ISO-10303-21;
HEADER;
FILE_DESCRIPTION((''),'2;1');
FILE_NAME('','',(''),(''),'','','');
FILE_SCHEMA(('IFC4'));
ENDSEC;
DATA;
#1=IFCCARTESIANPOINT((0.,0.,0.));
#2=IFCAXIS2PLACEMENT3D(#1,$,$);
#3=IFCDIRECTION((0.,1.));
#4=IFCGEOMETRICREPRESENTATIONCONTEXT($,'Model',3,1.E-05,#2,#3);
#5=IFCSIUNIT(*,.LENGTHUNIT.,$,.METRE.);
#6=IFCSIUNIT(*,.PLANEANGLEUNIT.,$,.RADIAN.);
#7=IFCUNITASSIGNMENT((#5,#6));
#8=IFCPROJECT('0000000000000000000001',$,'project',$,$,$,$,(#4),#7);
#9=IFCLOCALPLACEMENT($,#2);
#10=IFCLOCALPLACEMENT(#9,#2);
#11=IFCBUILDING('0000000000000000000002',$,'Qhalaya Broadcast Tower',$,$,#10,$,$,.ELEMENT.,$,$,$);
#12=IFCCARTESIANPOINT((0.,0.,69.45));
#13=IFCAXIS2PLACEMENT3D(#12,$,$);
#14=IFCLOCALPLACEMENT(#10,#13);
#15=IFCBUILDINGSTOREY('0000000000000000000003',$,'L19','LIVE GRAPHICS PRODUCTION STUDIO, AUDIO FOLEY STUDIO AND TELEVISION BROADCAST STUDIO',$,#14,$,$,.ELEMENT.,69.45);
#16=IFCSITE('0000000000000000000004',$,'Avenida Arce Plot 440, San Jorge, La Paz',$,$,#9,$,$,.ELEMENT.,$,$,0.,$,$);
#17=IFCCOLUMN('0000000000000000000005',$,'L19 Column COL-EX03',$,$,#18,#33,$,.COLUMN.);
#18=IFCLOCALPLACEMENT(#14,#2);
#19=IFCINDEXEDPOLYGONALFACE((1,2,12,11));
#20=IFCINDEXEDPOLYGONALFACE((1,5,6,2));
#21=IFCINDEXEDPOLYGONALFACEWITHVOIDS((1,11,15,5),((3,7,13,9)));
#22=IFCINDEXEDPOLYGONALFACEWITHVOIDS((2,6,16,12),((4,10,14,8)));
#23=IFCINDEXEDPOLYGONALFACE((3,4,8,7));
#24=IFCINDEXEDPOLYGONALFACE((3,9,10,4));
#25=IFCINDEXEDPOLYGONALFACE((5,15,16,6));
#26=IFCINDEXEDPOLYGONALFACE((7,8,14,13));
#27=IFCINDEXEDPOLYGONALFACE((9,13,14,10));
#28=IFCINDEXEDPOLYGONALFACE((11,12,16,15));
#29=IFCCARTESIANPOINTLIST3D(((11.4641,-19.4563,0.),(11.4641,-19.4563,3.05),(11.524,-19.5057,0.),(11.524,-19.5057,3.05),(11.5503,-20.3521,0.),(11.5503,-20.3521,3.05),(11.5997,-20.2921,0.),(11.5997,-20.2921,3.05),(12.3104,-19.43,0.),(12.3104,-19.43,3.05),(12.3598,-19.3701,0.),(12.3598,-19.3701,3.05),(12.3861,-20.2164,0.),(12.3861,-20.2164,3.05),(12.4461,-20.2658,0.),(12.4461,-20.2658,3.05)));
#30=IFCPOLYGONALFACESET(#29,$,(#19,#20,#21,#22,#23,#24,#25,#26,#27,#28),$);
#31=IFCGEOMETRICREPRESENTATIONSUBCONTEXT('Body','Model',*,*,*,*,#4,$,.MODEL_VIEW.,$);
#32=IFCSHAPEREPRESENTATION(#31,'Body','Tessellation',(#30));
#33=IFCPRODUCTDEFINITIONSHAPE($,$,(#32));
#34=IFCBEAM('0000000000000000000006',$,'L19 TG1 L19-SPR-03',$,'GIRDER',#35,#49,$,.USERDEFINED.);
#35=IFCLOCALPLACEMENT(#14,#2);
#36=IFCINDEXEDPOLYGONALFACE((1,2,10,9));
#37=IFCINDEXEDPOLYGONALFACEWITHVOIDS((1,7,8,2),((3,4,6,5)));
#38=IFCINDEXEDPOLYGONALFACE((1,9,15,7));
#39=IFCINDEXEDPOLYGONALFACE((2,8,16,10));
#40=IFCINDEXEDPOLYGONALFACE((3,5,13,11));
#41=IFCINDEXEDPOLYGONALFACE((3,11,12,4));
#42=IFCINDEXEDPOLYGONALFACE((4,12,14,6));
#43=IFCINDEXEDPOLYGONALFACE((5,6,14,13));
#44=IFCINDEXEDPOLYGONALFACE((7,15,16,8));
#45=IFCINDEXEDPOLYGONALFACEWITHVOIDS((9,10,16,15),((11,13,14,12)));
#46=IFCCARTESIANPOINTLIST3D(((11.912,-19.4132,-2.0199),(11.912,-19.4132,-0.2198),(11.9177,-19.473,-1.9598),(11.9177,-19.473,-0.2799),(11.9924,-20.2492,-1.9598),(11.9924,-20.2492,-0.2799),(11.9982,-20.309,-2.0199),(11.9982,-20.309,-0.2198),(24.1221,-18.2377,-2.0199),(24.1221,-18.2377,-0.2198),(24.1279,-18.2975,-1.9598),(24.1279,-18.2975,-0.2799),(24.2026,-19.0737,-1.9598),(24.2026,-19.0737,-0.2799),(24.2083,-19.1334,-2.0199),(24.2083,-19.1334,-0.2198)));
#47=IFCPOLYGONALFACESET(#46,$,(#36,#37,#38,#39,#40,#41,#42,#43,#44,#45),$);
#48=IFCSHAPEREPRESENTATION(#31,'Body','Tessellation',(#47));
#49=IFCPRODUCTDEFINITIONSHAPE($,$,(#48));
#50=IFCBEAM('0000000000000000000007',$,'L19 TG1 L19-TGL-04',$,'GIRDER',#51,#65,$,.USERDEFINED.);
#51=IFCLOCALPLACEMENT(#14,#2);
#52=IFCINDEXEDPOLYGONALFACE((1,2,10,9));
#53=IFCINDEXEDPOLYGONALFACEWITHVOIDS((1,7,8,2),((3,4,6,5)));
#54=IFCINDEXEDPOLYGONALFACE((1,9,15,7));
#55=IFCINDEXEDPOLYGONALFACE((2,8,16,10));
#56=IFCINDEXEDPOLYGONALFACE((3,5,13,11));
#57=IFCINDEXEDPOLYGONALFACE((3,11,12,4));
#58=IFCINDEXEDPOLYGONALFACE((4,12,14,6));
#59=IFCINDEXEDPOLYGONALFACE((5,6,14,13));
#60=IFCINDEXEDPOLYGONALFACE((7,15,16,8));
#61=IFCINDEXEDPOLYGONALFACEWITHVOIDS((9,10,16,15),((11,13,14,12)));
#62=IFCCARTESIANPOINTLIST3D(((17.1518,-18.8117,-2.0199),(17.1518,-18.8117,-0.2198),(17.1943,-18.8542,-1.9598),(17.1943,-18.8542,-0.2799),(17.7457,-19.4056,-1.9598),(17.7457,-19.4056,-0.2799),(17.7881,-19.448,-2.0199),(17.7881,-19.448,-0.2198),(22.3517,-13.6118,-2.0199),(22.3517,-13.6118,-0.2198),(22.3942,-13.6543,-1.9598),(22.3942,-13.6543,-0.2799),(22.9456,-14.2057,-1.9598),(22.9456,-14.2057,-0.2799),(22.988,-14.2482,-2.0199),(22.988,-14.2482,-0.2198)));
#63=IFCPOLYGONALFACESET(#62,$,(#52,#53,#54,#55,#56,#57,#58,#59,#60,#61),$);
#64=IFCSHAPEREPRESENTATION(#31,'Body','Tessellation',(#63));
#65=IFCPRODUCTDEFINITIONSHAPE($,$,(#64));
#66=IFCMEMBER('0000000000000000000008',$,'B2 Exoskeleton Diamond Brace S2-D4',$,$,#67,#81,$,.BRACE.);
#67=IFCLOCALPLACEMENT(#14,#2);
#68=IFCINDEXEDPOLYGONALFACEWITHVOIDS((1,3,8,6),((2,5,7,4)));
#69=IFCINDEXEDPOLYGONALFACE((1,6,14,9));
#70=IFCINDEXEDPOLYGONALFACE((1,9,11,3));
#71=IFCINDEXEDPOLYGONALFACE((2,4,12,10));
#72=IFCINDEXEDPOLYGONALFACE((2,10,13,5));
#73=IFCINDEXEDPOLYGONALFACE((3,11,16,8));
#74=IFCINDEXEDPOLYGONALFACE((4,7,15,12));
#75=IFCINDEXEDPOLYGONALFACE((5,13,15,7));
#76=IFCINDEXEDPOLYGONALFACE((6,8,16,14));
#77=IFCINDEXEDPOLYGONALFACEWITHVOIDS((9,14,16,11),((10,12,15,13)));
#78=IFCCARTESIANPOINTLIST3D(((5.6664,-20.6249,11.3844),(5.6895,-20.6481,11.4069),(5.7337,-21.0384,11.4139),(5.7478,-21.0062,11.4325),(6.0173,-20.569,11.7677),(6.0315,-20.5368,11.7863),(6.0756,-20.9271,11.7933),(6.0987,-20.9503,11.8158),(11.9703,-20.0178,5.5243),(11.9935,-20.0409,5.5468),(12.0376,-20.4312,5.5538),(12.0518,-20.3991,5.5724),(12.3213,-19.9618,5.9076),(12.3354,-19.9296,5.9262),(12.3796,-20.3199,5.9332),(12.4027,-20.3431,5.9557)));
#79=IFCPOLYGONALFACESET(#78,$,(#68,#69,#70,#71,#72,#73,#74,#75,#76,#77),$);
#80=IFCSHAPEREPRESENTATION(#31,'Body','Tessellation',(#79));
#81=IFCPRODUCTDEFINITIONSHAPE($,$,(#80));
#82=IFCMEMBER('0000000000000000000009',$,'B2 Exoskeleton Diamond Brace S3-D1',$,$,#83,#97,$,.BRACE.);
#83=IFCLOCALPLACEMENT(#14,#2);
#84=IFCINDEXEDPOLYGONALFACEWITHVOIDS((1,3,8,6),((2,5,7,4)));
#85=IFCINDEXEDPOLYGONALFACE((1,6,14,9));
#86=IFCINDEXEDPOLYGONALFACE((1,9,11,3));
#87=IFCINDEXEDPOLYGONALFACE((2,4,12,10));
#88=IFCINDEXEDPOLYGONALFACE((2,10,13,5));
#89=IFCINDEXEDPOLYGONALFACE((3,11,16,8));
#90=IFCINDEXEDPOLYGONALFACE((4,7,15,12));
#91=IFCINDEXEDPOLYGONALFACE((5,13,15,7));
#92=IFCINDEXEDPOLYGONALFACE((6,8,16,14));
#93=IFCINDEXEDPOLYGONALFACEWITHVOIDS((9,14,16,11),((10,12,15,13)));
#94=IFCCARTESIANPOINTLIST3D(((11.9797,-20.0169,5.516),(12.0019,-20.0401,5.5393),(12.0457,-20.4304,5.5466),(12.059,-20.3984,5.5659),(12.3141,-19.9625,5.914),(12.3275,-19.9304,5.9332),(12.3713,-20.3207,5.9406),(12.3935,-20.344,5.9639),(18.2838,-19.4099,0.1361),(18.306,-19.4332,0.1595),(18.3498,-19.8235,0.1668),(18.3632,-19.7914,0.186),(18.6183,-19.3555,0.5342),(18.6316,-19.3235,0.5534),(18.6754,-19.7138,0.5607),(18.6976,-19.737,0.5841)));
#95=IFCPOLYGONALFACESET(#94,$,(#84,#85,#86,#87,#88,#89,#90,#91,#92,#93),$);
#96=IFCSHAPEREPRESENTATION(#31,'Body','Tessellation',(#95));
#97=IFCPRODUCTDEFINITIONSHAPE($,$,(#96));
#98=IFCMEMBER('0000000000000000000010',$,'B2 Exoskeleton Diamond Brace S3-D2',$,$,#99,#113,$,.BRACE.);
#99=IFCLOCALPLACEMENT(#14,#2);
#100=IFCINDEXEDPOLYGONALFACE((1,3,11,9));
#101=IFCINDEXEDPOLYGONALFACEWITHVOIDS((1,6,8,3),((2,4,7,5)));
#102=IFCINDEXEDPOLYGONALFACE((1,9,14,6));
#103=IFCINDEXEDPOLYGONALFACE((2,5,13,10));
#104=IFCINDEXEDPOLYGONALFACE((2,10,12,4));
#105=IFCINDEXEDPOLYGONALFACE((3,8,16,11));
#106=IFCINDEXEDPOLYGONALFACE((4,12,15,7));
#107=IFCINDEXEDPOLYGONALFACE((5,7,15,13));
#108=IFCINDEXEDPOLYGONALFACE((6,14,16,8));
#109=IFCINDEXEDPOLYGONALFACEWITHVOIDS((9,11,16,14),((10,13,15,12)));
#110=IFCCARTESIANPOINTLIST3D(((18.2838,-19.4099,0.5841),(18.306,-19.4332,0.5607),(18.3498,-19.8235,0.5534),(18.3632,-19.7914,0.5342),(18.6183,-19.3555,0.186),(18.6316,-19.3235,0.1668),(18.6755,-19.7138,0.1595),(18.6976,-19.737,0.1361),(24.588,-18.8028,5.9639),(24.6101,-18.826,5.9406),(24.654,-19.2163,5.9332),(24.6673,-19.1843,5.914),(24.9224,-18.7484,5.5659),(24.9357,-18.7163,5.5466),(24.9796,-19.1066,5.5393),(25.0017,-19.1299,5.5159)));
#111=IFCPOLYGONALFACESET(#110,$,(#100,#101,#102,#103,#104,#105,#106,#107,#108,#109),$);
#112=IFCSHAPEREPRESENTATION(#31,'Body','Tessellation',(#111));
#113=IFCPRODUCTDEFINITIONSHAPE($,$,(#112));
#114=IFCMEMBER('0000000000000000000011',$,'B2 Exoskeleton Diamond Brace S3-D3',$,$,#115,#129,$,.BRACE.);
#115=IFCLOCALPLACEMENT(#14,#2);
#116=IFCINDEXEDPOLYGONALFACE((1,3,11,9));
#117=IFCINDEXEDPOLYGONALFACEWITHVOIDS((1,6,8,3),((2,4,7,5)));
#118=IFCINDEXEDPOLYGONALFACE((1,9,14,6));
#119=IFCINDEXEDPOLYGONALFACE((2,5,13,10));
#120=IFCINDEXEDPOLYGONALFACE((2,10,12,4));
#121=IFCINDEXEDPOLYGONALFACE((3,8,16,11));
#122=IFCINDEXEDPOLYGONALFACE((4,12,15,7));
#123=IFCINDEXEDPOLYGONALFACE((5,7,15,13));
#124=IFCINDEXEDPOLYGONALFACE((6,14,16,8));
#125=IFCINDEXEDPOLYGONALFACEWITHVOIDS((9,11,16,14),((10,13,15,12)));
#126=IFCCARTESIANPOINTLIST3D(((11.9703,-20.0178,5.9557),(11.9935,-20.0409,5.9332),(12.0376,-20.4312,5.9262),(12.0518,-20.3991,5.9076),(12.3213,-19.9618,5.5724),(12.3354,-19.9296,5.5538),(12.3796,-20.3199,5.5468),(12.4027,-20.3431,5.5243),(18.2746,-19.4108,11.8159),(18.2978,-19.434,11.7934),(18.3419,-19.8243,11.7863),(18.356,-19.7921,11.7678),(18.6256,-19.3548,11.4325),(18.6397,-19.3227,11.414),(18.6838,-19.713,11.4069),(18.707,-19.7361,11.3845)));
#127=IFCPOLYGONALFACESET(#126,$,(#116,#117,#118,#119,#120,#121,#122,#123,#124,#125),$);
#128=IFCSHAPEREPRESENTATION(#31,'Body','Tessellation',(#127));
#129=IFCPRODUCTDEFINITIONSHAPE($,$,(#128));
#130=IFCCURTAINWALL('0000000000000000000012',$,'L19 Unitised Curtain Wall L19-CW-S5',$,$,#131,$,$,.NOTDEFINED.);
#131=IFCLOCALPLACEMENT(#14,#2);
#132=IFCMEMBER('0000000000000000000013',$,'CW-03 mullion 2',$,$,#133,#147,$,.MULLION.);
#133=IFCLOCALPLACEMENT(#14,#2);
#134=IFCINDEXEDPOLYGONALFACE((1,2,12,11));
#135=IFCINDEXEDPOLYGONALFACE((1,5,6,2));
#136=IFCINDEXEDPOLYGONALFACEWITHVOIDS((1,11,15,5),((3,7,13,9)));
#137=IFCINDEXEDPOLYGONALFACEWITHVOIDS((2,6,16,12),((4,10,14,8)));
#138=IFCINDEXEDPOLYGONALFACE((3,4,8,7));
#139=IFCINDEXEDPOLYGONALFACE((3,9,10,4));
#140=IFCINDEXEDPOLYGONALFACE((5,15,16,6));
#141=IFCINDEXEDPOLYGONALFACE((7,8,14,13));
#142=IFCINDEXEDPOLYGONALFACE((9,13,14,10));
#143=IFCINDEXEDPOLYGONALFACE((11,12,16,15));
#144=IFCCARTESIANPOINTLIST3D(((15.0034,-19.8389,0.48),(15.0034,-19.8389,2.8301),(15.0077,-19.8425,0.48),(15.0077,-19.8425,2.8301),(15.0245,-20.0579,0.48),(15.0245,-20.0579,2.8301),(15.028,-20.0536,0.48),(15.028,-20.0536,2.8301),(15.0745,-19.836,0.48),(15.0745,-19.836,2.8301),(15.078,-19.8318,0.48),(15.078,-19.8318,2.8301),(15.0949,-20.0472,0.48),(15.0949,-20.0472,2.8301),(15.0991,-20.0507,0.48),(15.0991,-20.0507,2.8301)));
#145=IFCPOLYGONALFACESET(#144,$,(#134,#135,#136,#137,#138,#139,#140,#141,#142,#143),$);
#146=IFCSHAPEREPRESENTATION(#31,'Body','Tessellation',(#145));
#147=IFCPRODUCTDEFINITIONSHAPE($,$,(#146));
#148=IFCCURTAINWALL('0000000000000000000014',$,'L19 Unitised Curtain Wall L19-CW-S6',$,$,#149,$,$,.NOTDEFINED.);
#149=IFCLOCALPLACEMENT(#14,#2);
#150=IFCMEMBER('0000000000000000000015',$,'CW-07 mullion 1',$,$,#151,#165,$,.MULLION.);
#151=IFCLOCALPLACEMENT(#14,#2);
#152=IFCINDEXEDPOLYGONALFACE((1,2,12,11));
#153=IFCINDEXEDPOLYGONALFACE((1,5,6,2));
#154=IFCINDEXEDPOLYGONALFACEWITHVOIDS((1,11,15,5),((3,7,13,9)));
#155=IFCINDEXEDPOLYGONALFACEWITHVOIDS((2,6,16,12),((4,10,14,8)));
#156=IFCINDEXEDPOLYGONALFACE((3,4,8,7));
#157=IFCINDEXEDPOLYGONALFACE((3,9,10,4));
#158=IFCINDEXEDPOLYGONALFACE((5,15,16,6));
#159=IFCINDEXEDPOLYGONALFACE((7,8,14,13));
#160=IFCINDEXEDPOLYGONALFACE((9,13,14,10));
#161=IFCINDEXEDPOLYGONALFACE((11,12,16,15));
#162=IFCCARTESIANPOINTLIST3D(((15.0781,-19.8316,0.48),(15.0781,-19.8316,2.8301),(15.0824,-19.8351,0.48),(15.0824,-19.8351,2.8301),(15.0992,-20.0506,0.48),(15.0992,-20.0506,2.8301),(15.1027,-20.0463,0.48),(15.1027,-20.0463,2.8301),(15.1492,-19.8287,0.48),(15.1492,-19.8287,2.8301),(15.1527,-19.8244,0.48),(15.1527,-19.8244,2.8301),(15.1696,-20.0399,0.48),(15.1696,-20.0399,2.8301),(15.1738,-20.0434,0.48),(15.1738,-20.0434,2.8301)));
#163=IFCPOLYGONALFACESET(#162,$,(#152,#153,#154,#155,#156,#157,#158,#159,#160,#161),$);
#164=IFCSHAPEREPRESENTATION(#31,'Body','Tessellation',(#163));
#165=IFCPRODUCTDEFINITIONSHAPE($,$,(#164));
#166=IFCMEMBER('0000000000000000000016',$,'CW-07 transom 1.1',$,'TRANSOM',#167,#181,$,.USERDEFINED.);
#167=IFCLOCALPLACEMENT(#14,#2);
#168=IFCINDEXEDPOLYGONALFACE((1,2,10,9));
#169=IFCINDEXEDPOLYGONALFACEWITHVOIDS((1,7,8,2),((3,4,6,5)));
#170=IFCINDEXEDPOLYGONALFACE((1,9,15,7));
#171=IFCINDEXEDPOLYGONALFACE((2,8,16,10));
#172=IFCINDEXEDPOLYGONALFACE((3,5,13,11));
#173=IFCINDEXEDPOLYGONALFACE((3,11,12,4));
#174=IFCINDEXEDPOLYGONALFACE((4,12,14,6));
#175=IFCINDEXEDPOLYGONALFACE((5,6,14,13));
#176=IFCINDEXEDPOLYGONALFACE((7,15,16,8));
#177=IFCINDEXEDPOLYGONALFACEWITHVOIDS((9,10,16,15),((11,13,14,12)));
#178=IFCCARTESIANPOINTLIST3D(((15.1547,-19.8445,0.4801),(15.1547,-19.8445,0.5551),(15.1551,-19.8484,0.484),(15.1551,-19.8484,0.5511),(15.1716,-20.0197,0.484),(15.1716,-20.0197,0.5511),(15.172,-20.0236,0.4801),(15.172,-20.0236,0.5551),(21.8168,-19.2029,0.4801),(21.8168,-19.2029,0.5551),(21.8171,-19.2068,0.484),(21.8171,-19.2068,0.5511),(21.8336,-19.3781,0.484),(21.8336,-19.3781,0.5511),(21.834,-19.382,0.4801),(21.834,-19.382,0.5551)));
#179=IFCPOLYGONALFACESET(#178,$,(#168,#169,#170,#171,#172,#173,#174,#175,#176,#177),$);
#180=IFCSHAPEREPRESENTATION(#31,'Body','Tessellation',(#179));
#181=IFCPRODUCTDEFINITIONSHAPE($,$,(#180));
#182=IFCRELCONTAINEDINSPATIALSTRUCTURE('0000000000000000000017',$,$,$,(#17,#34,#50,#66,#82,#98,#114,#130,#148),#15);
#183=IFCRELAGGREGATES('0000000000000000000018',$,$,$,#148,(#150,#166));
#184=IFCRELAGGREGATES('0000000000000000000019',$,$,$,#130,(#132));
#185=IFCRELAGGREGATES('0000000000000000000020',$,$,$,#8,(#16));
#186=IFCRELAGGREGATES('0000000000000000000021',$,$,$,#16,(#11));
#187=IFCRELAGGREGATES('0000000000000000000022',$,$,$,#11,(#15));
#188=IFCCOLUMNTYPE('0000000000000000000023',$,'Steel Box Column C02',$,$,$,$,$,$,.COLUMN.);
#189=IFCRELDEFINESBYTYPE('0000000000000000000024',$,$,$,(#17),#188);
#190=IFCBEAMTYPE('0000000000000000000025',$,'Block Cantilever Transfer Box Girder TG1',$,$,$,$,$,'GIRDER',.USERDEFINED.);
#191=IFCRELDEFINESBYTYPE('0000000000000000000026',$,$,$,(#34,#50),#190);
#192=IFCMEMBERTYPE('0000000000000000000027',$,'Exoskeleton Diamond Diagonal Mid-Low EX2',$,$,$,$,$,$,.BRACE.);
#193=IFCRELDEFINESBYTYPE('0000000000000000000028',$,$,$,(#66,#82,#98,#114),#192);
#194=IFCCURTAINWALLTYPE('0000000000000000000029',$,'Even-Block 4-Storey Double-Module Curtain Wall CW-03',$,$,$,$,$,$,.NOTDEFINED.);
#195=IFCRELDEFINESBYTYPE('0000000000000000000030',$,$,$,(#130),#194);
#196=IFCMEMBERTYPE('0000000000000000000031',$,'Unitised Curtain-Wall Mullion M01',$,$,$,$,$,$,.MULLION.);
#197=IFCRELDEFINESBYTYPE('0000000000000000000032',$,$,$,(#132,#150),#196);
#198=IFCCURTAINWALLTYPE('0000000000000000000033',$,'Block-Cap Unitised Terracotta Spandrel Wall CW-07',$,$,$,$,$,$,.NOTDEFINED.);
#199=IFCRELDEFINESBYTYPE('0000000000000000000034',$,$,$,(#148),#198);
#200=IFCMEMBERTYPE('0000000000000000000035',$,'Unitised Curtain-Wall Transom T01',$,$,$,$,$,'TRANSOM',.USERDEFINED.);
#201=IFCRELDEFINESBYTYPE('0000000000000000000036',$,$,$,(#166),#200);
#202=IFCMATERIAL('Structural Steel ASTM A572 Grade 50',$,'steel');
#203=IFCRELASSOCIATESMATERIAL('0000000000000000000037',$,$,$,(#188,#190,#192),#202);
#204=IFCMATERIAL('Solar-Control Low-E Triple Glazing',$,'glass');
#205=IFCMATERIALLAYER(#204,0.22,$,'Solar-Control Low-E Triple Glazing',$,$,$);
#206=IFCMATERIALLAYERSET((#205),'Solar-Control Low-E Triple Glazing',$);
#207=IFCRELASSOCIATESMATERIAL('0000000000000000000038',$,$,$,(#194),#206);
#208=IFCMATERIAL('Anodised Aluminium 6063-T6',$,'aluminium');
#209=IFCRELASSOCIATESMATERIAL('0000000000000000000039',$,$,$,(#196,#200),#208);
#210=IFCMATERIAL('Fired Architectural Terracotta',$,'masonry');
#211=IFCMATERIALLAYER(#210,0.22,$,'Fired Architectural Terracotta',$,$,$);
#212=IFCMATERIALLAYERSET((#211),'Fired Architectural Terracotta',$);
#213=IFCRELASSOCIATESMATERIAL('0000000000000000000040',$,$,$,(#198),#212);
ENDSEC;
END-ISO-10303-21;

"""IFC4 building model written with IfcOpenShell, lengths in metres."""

from ifc_helpers import new_model, si_unit, direction, frame, origin, origin_2d, place, context, subcontext, project, spatial, hollow_rectangle, extrude, material, layer, layer_set, material_profile, profile_set, type_object, element, aggregate, save


model = new_model("IFC4")

# Units and contexts
model_context = context("Model", 3, precision=1e-05, world=origin(), true_north=direction((0.0, 1.0)))
body_context = subcontext(model_context, "Body", "Model", "MODEL_VIEW")
ifc_project = project(units=[si_unit("LENGTHUNIT", "METRE"), si_unit("PLANEANGLEUNIT", "RADIAN")], contexts=[model_context])

# Site, building, storey
site_placement = place(None, origin())
site = spatial("IfcSite", under=ifc_project, at=site_placement, Name="Avenida Arce Plot 440, San Jorge, La Paz", CompositionType="ELEMENT", RefElevation=0.0)
building_placement = place(site_placement, origin())
building = spatial("IfcBuilding", under=site, at=building_placement, Name="Qhalaya Broadcast Tower", CompositionType="ELEMENT")
storey_placement = place(building_placement, frame((0.0, 0.0, 69.45)))
storey = spatial("IfcBuildingStorey", under=building, at=storey_placement, Name="L19", Description="LIVE GRAPHICS PRODUCTION STUDIO, AUDIO FOLEY STUDIO AND TELEVISION BROADCAST STUDIO", CompositionType="ELEMENT", Elevation=69.45)

# Column
ifc_material_1 = material(Name="Structural Steel ASTM A572 Grade 50", Category="steel")
ifc_material_profile_1 = material_profile(ifc_material_1, hollow_rectangle(XDim=0.8999, YDim=0.8999, WallThickness=0.0549, at=origin_2d()), Name="BOX 900x900x55")
ifc_profile_set_1 = profile_set([ifc_material_profile_1], Name="Structural Steel ASTM A572 Grade 50")
column_type = type_object("IfcColumnType", Name="Steel Box Column C02", PredefinedType="COLUMN", material=ifc_profile_set_1)
column_placement = place(storey_placement, frame((11.9551, -19.8611, 0.0), z_axis=(0.0, 0.0, 1.0), x_axis=(0.995396, 0.095846, 0.0)))
element("IfcColumn", 1, at=column_placement, inside=storey, type_object=column_type, Name="L19 Column COL-EX03", PredefinedType="COLUMN", context=body_context, shape_type="SweptSolid", body=[
    extrude(hollow_rectangle(XDim=0.8999, YDim=0.8999, WallThickness=0.0549, at=origin_2d()), origin(), (0.0, 0.0, 1.0), 3.05),
])

# Beams
ifc_material_profile_2 = material_profile(ifc_material_1, hollow_rectangle(XDim=0.8999, YDim=1.8, WallThickness=0.0601, at=origin_2d()), Name="BOX 900x1800x60")
ifc_profile_set_2 = profile_set([ifc_material_profile_2], Name="Structural Steel ASTM A572 Grade 50")
beam_type = type_object("IfcBeamType", Name="Block Cantilever Transfer Box Girder TG1", ElementType="GIRDER", PredefinedType="USERDEFINED", material=ifc_profile_set_2)
beam_1_placement = place(storey_placement, frame((11.9551, -19.8611, -1.1199), z_axis=(0.995398, 0.095832, 0.0), x_axis=(-0.095832, 0.995398, 0.0)))
element("IfcBeam", 2, at=beam_1_placement, inside=storey, type_object=beam_type, Name="L19 TG1 L19-SPR-03", ObjectType="GIRDER", PredefinedType="USERDEFINED", context=body_context, shape_type="SweptSolid", body=[
    extrude(hollow_rectangle(XDim=0.8999, YDim=1.8, WallThickness=0.0601, at=origin_2d()), origin(), (0.0, 0.0, 1.0), 12.2666),
])
beam_2_placement = place(storey_placement, frame((17.47, -19.1299, -1.1199), z_axis=(0.707107, 0.707107, 0.0), x_axis=(-0.707107, 0.707107, 0.0)))
element("IfcBeam", 3, at=beam_2_placement, inside=storey, type_object=beam_type, Name="L19 TG1 L19-TGL-04", ObjectType="GIRDER", PredefinedType="USERDEFINED", context=body_context, shape_type="SweptSolid", body=[
    extrude(hollow_rectangle(XDim=0.8999, YDim=1.8, WallThickness=0.0601, at=origin_2d()), origin(), (0.0, 0.0, 1.0), 7.3538),
])

# Members
ifc_material_profile_3 = material_profile(ifc_material_1, hollow_rectangle(XDim=0.4199, YDim=0.55, WallThickness=0.0281, at=origin_2d()), Name="BOX 420x550x28")
ifc_profile_set_3 = profile_set([ifc_material_profile_3], Name="Structural Steel ASTM A572 Grade 50")
member_type_1 = type_object("IfcMemberType", Name="Exoskeleton Diamond Diagonal Mid-Low EX2", PredefinedType="BRACE", material=ifc_profile_set_3)
member_1_placement = place(storey_placement, frame((12.1865, -20.1804, 5.74), z_axis=(-0.730605, -0.07037, 0.679165), x_axis=(0.160227, -0.98457, 0.070349)))
element("IfcMember", 4, at=member_1_placement, inside=storey, type_object=member_type_1, Name="B2 Exoskeleton Diamond Brace S2-D4", PredefinedType="BRACE", context=body_context, shape_type="SweptSolid", body=[
    extrude(hollow_rectangle(XDim=0.4199, YDim=0.55, WallThickness=0.0281, at=origin_2d()), origin(), (0.0, 0.0, 1.0), 8.6284),
])
for number, where, z_axis, x_axis, name in (
    (5, (18.4907, -19.5735, 0.3601), (-0.758637, -0.073037, 0.647406), (0.157156, -0.984869, 0.073048), "B2 Exoskeleton Diamond Brace S3-D1"),
    (6, (18.4907, -19.5735, 0.3601), (0.758636, 0.073067, 0.647405), (-0.157193, 0.984862, 0.073048), "B2 Exoskeleton Diamond Brace S3-D2"),
):
    element("IfcMember", number, at=place(storey_placement, frame(where, z_axis=z_axis, x_axis=x_axis)), inside=storey, type_object=member_type_1, Name=name, PredefinedType="BRACE", context=body_context, shape_type="SweptSolid", body=[
        extrude(hollow_rectangle(XDim=0.4199, YDim=0.55, WallThickness=0.0281, at=origin_2d()), origin(), (0.0, 0.0, 1.0), 8.3098),
    ])
member_2_placement = place(storey_placement, frame((12.1865, -20.1804, 5.74), z_axis=(0.73062, 0.07034, 0.679152), x_axis=(-0.160184, 0.984577, 0.070351)))
element("IfcMember", 7, at=member_2_placement, inside=storey, type_object=member_type_1, Name="B2 Exoskeleton Diamond Brace S3-D3", PredefinedType="BRACE", context=body_context, shape_type="SweptSolid", body=[
    extrude(hollow_rectangle(XDim=0.4199, YDim=0.55, WallThickness=0.0281, at=origin_2d()), origin(), (0.0, 0.0, 1.0), 8.6287),
])

# Curtain wall, member
ifc_material_2 = material(Name="Solar-Control Low-E Triple Glazing", Category="glass")
ifc_layer_1 = layer(ifc_material_2, 0.22, Name="Solar-Control Low-E Triple Glazing")
ifc_layer_set_1 = layer_set([ifc_layer_1], Name="Solar-Control Low-E Triple Glazing")
curtain_wall_type_1 = type_object("IfcCurtainWallType", Name="Even-Block 4-Storey Double-Module Curtain Wall CW-03", PredefinedType="NOTDEFINED", material=ifc_layer_set_1)
curtain_wall_1_placement = place(storey_placement, origin())
curtain_wall_1 = element("IfcCurtainWall", 8, at=curtain_wall_1_placement, inside=storey, type_object=curtain_wall_type_1, Name="L19 Unitised Curtain Wall L19-CW-S5", PredefinedType="NOTDEFINED")
ifc_material_3 = material(Name="Anodised Aluminium 6063-T6", Category="aluminium")
ifc_material_profile_4 = material_profile(ifc_material_3, hollow_rectangle(XDim=0.075, YDim=0.22, WallThickness=0.0039, at=origin_2d()), Name="ALU-MUL 75x220x4")
ifc_profile_set_4 = profile_set([ifc_material_profile_4], Name="Anodised Aluminium 6063-T6")
member_type_2 = type_object("IfcMemberType", Name="Unitised Curtain-Wall Mullion M01", PredefinedType="MULLION", material=ifc_profile_set_4)
member_3_placement = place(storey_placement, frame((15.0513, -19.9448, 0.48), z_axis=(0.0, 0.0, 1.0), x_axis=(0.995396, 0.095844, 0.0)))
member_3 = element("IfcMember", 9, at=member_3_placement, type_object=member_type_2, Name="CW-03 mullion 2", PredefinedType="MULLION", context=body_context, shape_type="SweptSolid", body=[
    extrude(hollow_rectangle(XDim=0.075, YDim=0.22, WallThickness=0.0039, at=origin_2d()), origin(), (0.0, 0.0, 1.0), 2.3501),
])

# Curtain wall, members
ifc_material_4 = material(Name="Fired Architectural Terracotta", Category="masonry")
ifc_layer_2 = layer(ifc_material_4, 0.22, Name="Fired Architectural Terracotta")
ifc_layer_set_2 = layer_set([ifc_layer_2], Name="Fired Architectural Terracotta")
curtain_wall_type_2 = type_object("IfcCurtainWallType", Name="Block-Cap Unitised Terracotta Spandrel Wall CW-07", PredefinedType="NOTDEFINED", material=ifc_layer_set_2)
curtain_wall_2_placement = place(storey_placement, origin())
curtain_wall_2 = element("IfcCurtainWall", 10, at=curtain_wall_2_placement, inside=storey, type_object=curtain_wall_type_2, Name="L19 Unitised Curtain Wall L19-CW-S6", PredefinedType="NOTDEFINED")
member_4_placement = place(storey_placement, frame((15.126, -19.9375, 0.48), z_axis=(0.0, 0.0, 1.0), x_axis=(0.995396, 0.09585, 0.0)))
member_4 = element("IfcMember", 11, at=member_4_placement, type_object=member_type_2, Name="CW-07 mullion 1", PredefinedType="MULLION", context=body_context, shape_type="SweptSolid", body=[
    extrude(hollow_rectangle(XDim=0.075, YDim=0.22, WallThickness=0.0039, at=origin_2d()), origin(), (0.0, 0.0, 1.0), 2.3501),
])
ifc_material_profile_5 = material_profile(ifc_material_3, hollow_rectangle(XDim=0.075, YDim=0.1799, WallThickness=0.0039, at=origin_2d()), Name="ALU-TRN 75x180x4")
ifc_profile_set_5 = profile_set([ifc_material_profile_5], Name="Anodised Aluminium 6063-T6")
member_type_3 = type_object("IfcMemberType", Name="Unitised Curtain-Wall Transom T01", ElementType="TRANSOM", PredefinedType="USERDEFINED", material=ifc_profile_set_5)
member_5_placement = place(storey_placement, frame((15.1633, -19.9341, 0.5176), z_axis=(0.995395, 0.095863, 0.0), x_axis=(0.0, 0.0, 1.0)))
member_5 = element("IfcMember", 12, at=member_5_placement, type_object=member_type_3, Name="CW-07 transom 1.1", ObjectType="TRANSOM", PredefinedType="USERDEFINED", context=body_context, shape_type="SweptSolid", body=[
    extrude(hollow_rectangle(XDim=0.075, YDim=0.1799, WallThickness=0.0039, at=origin_2d()), origin(), (0.0, 0.0, 1.0), 6.6929),
])
aggregate(curtain_wall_2, [member_4, member_5])

aggregate(curtain_wall_1, [member_3])

save(model, "model.ifc")
